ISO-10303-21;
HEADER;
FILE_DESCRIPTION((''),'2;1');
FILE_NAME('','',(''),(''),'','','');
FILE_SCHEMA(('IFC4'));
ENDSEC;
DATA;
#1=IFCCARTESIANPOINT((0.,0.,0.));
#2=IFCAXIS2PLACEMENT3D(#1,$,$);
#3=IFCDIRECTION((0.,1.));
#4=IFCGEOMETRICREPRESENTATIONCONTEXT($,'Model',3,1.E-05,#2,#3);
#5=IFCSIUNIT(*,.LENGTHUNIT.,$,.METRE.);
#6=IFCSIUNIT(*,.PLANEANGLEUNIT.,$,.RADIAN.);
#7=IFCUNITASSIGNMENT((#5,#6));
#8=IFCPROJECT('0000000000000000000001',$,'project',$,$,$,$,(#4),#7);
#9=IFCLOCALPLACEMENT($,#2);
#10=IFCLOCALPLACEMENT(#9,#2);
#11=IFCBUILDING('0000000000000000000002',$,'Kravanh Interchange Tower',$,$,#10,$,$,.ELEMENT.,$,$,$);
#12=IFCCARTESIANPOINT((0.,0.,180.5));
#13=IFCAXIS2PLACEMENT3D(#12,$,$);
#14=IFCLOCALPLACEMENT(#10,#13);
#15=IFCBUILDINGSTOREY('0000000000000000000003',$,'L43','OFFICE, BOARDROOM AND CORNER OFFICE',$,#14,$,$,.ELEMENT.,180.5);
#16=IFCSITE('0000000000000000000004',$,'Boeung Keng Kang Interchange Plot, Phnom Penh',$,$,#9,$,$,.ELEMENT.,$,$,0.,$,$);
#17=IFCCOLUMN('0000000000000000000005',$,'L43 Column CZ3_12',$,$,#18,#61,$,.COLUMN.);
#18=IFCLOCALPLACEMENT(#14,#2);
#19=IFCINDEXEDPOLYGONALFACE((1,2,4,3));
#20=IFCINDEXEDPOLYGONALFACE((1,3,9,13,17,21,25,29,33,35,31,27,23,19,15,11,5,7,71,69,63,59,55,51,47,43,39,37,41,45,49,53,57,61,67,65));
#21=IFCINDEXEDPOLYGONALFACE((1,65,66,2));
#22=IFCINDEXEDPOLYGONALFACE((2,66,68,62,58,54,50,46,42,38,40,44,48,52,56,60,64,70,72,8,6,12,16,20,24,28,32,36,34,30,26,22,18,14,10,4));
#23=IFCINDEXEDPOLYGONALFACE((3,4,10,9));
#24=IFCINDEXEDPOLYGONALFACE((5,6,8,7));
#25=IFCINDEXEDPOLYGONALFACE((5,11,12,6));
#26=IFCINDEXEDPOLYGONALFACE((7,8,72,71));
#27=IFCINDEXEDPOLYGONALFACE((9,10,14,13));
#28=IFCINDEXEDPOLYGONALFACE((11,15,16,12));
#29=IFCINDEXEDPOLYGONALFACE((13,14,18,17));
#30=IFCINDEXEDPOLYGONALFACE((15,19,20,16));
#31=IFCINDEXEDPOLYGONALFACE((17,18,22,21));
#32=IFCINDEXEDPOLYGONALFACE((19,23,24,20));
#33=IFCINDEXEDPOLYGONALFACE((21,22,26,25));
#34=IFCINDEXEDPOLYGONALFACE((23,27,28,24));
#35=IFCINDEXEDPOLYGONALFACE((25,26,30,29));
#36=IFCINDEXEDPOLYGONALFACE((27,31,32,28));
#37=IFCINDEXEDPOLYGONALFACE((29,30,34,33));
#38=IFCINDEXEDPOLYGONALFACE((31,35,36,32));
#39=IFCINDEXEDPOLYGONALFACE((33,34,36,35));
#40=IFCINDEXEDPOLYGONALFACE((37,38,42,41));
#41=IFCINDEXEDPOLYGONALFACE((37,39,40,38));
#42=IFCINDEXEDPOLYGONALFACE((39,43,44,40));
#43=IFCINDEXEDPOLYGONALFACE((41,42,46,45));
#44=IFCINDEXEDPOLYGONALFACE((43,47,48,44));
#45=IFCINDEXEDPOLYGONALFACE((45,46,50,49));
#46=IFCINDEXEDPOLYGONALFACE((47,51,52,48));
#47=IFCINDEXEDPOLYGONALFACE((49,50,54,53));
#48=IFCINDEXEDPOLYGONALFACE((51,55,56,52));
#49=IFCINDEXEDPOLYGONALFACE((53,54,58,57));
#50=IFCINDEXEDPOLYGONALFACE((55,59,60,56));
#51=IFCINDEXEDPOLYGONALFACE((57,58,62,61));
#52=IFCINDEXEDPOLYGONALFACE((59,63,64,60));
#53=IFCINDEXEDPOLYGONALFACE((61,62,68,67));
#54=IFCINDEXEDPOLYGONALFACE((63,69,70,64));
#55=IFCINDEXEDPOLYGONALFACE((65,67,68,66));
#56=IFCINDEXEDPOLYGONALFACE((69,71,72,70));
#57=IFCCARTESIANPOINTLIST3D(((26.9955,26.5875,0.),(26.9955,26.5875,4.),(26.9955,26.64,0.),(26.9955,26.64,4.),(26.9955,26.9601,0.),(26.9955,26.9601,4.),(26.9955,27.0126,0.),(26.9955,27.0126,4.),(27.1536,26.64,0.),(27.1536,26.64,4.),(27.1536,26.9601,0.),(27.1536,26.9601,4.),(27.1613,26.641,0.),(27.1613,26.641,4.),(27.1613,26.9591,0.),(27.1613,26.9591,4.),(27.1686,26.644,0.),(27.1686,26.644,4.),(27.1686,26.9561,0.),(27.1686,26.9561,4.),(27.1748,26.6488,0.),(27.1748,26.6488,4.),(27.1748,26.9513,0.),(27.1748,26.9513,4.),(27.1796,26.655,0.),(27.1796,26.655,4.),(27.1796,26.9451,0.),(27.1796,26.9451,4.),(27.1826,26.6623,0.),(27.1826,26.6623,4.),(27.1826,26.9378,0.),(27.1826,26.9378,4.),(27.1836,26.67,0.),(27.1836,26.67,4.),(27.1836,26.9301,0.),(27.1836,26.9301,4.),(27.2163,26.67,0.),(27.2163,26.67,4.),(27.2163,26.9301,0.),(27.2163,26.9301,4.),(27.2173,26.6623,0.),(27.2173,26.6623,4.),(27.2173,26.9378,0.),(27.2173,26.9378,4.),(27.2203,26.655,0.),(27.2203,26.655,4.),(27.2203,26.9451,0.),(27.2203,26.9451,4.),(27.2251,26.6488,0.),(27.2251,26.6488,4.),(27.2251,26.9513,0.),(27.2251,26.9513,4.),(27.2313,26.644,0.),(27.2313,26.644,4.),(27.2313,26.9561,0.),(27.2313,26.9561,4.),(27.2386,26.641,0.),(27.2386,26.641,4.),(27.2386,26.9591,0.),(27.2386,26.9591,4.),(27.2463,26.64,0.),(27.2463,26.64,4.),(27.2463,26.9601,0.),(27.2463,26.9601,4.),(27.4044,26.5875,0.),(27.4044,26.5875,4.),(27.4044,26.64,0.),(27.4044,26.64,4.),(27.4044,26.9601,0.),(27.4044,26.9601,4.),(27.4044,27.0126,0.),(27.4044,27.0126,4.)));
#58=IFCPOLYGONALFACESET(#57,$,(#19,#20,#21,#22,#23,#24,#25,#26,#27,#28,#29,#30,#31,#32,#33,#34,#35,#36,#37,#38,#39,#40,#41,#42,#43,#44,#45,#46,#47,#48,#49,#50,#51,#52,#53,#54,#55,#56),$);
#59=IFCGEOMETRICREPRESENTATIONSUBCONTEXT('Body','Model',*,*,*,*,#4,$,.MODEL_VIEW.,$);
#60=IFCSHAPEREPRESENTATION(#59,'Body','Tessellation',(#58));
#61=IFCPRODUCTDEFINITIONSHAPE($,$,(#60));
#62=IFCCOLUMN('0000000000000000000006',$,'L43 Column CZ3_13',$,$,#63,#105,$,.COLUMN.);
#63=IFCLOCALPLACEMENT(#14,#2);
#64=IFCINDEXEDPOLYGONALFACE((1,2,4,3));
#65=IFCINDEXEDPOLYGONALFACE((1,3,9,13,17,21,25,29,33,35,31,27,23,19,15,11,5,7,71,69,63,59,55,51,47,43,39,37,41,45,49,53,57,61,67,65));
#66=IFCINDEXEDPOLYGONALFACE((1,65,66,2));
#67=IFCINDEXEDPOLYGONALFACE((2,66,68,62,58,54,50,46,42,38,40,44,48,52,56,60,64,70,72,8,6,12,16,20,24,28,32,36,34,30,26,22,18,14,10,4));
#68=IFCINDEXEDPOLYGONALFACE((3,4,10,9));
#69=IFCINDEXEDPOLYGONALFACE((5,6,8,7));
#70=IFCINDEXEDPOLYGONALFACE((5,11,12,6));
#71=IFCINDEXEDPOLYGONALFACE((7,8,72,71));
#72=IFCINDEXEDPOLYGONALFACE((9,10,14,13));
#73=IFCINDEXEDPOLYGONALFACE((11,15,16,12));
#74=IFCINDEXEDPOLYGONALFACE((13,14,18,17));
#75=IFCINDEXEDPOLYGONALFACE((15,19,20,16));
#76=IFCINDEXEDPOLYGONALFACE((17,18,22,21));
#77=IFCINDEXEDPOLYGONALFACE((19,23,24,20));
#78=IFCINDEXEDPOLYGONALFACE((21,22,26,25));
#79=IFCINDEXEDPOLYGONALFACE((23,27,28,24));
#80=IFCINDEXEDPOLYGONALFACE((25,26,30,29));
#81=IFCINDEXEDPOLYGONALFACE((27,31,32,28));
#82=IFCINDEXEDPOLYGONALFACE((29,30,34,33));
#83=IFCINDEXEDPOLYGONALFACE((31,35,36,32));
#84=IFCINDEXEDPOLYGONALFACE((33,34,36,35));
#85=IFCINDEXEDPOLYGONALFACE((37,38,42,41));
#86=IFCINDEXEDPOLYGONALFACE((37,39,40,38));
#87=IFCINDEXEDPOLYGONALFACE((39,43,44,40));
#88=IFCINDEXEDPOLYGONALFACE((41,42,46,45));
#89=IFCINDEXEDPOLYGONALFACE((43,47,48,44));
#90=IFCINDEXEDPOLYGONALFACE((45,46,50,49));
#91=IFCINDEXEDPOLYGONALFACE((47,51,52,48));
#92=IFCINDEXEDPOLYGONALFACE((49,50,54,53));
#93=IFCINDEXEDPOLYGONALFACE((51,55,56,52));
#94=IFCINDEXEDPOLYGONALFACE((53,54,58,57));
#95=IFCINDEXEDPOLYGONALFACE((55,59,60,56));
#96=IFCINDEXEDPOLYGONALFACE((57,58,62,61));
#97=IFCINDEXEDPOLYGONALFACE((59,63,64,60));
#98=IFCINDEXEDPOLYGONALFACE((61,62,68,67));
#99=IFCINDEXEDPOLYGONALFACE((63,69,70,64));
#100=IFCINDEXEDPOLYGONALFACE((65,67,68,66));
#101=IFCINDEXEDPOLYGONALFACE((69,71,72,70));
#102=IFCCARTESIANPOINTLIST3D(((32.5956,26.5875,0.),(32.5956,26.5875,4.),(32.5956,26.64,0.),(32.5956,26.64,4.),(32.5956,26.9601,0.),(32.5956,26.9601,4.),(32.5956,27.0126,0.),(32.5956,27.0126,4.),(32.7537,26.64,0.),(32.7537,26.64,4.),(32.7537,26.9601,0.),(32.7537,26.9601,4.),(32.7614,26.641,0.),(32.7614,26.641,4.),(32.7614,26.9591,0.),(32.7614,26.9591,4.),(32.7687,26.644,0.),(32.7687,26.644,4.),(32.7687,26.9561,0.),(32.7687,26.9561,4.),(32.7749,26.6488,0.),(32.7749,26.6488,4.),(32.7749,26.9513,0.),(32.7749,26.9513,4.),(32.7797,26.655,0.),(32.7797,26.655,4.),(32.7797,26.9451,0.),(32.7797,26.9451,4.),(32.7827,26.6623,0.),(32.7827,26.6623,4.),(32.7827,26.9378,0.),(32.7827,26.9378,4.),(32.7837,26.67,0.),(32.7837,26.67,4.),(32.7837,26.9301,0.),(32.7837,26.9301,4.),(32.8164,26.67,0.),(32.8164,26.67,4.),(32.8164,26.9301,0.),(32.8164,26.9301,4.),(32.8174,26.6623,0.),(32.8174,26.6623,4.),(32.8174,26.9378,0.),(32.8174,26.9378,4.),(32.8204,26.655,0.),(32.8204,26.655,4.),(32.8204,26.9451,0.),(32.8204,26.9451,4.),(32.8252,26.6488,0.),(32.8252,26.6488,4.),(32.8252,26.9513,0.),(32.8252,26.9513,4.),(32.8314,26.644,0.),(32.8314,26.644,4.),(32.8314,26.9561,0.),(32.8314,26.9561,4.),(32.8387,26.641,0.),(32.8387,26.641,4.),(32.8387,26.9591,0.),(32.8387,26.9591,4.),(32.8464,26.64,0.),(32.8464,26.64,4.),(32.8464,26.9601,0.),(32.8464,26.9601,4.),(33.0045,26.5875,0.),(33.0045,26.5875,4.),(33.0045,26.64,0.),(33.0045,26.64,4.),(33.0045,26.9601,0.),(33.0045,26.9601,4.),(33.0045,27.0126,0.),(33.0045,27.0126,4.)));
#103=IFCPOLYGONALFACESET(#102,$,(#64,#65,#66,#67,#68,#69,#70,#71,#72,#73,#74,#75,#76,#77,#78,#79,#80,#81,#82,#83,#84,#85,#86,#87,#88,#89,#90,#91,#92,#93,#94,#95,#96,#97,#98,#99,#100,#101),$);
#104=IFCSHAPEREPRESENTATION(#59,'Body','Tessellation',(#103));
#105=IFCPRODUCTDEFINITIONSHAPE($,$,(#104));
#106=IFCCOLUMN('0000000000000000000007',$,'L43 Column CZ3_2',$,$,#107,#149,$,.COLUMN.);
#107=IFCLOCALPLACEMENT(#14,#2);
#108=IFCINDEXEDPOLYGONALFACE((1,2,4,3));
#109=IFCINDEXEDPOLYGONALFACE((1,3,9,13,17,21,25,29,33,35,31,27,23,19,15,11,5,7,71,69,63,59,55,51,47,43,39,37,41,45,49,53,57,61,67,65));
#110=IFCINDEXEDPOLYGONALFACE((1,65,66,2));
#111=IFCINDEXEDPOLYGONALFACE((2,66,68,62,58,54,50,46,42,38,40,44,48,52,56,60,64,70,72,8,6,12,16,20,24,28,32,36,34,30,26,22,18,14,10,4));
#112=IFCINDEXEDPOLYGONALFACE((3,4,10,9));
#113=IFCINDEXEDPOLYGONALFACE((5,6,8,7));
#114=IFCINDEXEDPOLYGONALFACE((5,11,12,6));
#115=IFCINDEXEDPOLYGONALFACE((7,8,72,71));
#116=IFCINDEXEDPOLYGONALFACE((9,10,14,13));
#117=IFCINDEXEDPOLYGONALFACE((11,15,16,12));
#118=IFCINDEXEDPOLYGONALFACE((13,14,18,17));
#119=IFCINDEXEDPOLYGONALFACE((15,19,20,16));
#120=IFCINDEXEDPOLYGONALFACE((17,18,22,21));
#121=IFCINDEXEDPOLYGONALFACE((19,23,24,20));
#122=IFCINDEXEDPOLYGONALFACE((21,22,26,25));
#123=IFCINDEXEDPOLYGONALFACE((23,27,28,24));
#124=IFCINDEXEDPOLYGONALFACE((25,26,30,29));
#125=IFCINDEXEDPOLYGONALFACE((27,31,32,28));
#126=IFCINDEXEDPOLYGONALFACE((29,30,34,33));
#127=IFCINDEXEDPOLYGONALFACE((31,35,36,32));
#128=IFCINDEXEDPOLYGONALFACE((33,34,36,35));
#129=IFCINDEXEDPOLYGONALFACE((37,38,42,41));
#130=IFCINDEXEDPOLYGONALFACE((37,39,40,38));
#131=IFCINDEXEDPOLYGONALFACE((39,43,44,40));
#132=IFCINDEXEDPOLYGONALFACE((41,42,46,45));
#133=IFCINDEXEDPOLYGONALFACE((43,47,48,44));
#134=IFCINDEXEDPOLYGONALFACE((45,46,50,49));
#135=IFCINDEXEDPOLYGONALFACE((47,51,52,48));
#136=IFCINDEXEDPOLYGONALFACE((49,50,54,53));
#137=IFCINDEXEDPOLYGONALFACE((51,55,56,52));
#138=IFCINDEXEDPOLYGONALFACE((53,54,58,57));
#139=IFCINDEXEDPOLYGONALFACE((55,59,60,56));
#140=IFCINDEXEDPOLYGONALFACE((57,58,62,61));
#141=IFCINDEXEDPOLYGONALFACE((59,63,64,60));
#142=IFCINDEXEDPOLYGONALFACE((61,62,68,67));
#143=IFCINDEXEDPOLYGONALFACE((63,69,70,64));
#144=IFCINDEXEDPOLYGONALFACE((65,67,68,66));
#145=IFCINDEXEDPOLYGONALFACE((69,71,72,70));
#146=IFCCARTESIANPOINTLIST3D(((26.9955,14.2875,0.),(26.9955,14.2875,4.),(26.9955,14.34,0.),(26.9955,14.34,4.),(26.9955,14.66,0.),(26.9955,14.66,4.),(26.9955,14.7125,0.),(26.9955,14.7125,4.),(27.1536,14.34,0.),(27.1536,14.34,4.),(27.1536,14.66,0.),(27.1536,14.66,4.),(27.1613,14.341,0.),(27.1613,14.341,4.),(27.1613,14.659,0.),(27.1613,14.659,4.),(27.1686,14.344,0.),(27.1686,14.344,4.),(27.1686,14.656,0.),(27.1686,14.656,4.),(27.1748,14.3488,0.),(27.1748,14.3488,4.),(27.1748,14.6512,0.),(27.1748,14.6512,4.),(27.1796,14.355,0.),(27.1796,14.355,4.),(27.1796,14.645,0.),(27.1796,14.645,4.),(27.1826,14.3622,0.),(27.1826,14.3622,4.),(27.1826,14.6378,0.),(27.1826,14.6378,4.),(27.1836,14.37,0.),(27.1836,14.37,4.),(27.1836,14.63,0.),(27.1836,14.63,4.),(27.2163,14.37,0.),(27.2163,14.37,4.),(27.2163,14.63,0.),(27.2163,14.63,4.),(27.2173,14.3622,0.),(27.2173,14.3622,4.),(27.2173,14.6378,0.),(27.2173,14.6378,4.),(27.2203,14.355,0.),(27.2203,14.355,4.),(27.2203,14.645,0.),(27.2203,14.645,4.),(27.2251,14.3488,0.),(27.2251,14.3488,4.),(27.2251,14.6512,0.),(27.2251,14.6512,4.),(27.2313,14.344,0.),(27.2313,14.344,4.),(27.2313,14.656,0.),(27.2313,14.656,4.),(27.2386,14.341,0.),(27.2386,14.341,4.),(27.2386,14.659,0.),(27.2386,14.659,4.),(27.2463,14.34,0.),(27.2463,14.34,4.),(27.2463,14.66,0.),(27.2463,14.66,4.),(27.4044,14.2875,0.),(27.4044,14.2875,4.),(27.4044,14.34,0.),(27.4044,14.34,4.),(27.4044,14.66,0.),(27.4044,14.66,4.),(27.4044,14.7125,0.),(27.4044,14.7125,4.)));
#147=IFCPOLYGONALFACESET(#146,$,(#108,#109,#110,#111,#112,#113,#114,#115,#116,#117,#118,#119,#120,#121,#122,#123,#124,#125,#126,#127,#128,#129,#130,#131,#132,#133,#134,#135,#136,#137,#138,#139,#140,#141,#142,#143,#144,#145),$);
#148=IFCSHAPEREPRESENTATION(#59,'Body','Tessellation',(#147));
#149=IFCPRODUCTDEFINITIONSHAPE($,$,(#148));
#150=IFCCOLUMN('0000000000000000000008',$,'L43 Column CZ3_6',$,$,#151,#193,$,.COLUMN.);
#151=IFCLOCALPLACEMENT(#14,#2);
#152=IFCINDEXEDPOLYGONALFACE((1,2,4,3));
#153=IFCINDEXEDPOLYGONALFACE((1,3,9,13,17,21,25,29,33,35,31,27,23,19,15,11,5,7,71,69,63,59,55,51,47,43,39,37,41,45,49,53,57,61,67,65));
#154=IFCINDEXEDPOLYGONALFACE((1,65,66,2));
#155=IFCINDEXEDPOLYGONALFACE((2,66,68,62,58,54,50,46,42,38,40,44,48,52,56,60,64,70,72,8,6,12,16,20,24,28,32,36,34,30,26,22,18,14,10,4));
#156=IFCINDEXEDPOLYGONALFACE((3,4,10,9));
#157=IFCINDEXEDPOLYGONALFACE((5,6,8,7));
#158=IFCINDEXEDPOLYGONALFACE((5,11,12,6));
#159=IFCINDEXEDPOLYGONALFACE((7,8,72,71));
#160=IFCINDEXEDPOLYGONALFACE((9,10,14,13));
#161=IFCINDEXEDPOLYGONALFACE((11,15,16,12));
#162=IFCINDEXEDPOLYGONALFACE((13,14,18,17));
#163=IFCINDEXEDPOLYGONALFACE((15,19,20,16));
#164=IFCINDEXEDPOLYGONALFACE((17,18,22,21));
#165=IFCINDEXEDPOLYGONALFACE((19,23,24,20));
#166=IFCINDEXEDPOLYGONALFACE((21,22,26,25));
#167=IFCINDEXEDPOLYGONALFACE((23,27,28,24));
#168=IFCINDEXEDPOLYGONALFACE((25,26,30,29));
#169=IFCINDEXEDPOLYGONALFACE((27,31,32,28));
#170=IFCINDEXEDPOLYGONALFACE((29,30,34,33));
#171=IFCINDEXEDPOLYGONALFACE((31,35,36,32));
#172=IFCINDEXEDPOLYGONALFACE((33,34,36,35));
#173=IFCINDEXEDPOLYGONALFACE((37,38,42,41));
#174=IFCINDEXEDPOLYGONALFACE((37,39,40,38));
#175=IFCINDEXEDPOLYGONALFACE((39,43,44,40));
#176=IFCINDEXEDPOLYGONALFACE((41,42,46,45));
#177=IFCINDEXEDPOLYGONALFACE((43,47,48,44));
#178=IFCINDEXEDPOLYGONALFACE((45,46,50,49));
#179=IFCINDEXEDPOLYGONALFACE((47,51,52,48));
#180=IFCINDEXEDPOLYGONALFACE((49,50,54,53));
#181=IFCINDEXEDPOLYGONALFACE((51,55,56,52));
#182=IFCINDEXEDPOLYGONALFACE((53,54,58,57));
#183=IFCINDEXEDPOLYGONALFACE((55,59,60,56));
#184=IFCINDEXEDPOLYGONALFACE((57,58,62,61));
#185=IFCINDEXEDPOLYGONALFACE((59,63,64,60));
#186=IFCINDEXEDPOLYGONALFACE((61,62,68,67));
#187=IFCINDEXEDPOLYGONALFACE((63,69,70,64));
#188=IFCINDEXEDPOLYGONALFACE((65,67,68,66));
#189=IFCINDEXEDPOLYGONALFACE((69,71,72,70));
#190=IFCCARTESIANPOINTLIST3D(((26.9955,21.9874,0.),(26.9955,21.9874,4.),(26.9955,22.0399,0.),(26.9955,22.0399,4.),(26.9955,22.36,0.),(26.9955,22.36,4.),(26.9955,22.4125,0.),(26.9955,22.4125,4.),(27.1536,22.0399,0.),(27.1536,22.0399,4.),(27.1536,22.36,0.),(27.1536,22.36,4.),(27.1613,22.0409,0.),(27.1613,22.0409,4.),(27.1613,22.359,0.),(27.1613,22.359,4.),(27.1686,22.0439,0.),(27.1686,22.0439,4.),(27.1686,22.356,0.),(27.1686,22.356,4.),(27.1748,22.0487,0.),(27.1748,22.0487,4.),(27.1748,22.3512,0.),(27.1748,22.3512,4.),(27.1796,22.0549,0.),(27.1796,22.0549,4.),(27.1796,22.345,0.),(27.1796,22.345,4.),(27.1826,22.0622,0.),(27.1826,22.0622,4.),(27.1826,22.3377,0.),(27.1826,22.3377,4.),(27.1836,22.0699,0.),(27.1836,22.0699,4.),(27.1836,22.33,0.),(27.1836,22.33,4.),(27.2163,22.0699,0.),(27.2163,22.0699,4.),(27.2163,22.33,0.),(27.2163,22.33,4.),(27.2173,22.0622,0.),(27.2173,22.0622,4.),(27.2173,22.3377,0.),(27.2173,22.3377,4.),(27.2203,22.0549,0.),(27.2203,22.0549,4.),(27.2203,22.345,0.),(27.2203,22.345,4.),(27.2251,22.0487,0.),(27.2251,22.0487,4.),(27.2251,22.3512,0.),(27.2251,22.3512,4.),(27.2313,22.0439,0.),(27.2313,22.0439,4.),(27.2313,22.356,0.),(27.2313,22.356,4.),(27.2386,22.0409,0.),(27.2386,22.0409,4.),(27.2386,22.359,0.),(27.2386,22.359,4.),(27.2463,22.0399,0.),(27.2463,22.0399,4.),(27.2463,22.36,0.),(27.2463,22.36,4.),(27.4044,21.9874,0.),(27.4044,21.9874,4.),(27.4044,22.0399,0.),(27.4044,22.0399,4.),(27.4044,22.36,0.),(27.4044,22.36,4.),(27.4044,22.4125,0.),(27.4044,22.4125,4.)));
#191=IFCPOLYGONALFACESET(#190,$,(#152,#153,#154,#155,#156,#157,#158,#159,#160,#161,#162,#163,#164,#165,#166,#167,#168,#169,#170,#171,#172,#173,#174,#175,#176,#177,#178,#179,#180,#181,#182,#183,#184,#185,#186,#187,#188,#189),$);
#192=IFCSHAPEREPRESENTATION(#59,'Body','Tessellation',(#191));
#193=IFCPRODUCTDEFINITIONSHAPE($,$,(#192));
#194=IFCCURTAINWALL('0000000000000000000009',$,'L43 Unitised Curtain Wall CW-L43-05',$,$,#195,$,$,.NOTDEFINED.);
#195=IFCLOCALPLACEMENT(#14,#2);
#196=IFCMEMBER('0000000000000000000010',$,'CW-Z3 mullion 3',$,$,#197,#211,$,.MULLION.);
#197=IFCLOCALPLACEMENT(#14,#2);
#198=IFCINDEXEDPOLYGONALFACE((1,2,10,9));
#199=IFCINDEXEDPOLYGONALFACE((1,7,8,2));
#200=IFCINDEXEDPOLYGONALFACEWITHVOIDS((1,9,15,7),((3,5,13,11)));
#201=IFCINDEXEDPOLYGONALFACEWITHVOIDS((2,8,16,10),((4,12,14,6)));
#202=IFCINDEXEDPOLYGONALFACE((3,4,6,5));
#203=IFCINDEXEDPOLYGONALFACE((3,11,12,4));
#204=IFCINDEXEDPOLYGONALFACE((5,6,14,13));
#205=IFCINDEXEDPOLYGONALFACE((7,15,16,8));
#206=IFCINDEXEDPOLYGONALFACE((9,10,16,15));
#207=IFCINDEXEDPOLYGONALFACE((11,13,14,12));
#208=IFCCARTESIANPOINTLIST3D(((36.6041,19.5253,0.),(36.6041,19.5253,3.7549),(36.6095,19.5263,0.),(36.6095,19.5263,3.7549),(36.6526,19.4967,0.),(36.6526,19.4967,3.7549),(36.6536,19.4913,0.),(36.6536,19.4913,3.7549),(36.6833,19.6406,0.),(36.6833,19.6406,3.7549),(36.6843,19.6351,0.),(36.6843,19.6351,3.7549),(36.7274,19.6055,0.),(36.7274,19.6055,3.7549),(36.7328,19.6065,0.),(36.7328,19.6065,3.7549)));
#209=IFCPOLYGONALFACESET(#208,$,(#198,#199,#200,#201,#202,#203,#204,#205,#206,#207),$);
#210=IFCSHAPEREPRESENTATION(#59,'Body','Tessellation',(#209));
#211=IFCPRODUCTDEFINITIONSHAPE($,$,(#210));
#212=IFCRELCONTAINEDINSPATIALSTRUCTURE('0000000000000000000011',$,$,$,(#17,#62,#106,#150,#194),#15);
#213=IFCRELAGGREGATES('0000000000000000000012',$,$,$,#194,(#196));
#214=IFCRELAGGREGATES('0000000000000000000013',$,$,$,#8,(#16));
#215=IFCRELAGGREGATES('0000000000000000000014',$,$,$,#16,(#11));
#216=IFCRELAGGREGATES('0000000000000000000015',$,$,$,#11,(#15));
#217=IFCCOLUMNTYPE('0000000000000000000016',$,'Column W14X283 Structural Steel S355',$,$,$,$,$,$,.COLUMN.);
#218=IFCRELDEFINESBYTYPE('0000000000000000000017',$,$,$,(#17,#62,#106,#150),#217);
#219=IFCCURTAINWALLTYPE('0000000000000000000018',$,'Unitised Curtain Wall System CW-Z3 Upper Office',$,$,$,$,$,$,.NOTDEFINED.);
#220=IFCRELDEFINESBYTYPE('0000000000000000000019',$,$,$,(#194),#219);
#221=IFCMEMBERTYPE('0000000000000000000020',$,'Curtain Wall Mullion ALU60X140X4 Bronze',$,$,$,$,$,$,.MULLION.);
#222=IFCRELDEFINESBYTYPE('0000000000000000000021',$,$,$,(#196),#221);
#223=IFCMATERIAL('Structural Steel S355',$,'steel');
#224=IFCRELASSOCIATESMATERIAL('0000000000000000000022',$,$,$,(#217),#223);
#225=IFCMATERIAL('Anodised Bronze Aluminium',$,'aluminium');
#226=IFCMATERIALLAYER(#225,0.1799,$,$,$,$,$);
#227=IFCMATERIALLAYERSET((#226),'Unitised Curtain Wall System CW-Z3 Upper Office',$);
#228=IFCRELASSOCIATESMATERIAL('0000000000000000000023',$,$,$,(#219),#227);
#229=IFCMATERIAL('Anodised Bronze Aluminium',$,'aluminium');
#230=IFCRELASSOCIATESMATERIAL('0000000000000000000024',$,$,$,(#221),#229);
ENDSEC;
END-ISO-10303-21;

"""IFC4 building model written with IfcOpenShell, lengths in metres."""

from ifc_helpers import new_model, si_unit, direction, frame, origin, origin_2d, place, context, subcontext, project, spatial, hollow_rectangle, i_section, extrude, material, layer, layer_set, material_profile, profile_set, type_object, element, aggregate, save


model = new_model("IFC4")

# Units and contexts
model_context = context("Model", 3, precision=1e-05, world=origin(), true_north=direction((0.0, 1.0)))
body_context = subcontext(model_context, "Body", "Model", "MODEL_VIEW")
ifc_project = project(units=[si_unit("LENGTHUNIT", "METRE"), si_unit("PLANEANGLEUNIT", "RADIAN")], contexts=[model_context])

# Site, building, storey
site_placement = place(None, origin())
site = spatial("IfcSite", under=ifc_project, at=site_placement, Name="Boeung Keng Kang Interchange Plot, Phnom Penh", CompositionType="ELEMENT", RefElevation=0.0)
building_placement = place(site_placement, origin())
building = spatial("IfcBuilding", under=site, at=building_placement, Name="Kravanh Interchange Tower", CompositionType="ELEMENT")
storey_placement = place(building_placement, frame((0.0, 0.0, 180.5)))
storey = spatial("IfcBuildingStorey", under=building, at=storey_placement, Name="L43", Description="OFFICE, BOARDROOM AND CORNER OFFICE", CompositionType="ELEMENT", Elevation=180.5)

# Columns
ifc_material_1 = material(Name="Structural Steel S355", Category="steel")
ifc_material_profile_1 = material_profile(ifc_material_1, i_section(OverallWidth=0.4089, OverallDepth=0.425, WebThickness=0.0327, FlangeThickness=0.0525, FilletRadius=0.03, at=origin_2d()), Name="W14X283")
ifc_profile_set_1 = profile_set([ifc_material_profile_1], Name="Structural Steel S355")
column_type = type_object("IfcColumnType", Name="Column W14X283 Structural Steel S355", PredefinedType="COLUMN", material=ifc_profile_set_1)
for number, where, z_axis, x_axis, name in (
    (1, (27.2, 26.8, 0.0), (0.0, 0.0, 1.0), (1.0, 0.0, 0.0), "L43 Column CZ3_12"),
    (2, (32.8, 26.8, 0.0), (0.0, 0.0, 1.0), (1.0, 0.0, 0.0), "L43 Column CZ3_13"),
    (3, (27.2, 14.5, 0.0), (0.0, 0.0, 1.0), (1.0, 0.0, 0.0), "L43 Column CZ3_2"),
    (4, (27.2, 22.2, 0.0), (0.0, 0.0, 1.0), (1.0, 0.0, 0.0), "L43 Column CZ3_6"),
):
    element("IfcColumn", number, at=place(storey_placement, frame(where, z_axis=z_axis, x_axis=x_axis)), inside=storey, type_object=column_type, Name=name, PredefinedType="COLUMN", context=body_context, shape_type="SweptSolid", body=[
        extrude(i_section(OverallWidth=0.4089, OverallDepth=0.425, WebThickness=0.0327, FlangeThickness=0.0525, FilletRadius=0.03, at=origin_2d()), origin(), (0.0, 0.0, 1.0), 4.0),
    ])

# Curtain wall, member
ifc_material_2 = material(Name="Anodised Bronze Aluminium", Category="aluminium")
ifc_layer_1 = layer(ifc_material_2, 0.1799)
ifc_layer_set_1 = layer_set([ifc_layer_1], Name="Unitised Curtain Wall System CW-Z3 Upper Office")
curtain_wall_type = type_object("IfcCurtainWallType", Name="Unitised Curtain Wall System CW-Z3 Upper Office", PredefinedType="NOTDEFINED", material=ifc_layer_set_1)
curtain_wall_1_placement = place(storey_placement, origin())
curtain_wall_1 = element("IfcCurtainWall", 5, at=curtain_wall_1_placement, inside=storey, type_object=curtain_wall_type, Name="L43 Unitised Curtain Wall CW-L43-05", PredefinedType="NOTDEFINED")
ifc_material_3 = material(Name="Anodised Bronze Aluminium", Category="aluminium")
ifc_material_profile_2 = material_profile(ifc_material_3, hollow_rectangle(XDim=0.0601, YDim=0.1399, WallThickness=0.0039, at=origin_2d()), Name="ALU60X140X4")
ifc_profile_set_2 = profile_set([ifc_material_profile_2], Name="Anodised Bronze Aluminium")
member_type_1 = type_object("IfcMemberType", Name="Curtain Wall Mullion ALU60X140X4 Bronze", PredefinedType="MULLION", material=ifc_profile_set_2)
member_1_placement = place(storey_placement, frame((36.6685, 19.5659, 0.0), z_axis=(0.0, 0.0, 1.0), x_axis=(0.824042, -0.566528, 0.0)))
member_1 = element("IfcMember", 6, at=member_1_placement, type_object=member_type_1, Name="CW-Z3 mullion 3", PredefinedType="MULLION", context=body_context, shape_type="SweptSolid", body=[
    extrude(hollow_rectangle(XDim=0.0601, YDim=0.1399, WallThickness=0.0039, at=origin_2d()), origin(), (0.0, 0.0, 1.0), 3.7549),
])

aggregate(curtain_wall_1, [member_1])

save(model, "model.ifc")
